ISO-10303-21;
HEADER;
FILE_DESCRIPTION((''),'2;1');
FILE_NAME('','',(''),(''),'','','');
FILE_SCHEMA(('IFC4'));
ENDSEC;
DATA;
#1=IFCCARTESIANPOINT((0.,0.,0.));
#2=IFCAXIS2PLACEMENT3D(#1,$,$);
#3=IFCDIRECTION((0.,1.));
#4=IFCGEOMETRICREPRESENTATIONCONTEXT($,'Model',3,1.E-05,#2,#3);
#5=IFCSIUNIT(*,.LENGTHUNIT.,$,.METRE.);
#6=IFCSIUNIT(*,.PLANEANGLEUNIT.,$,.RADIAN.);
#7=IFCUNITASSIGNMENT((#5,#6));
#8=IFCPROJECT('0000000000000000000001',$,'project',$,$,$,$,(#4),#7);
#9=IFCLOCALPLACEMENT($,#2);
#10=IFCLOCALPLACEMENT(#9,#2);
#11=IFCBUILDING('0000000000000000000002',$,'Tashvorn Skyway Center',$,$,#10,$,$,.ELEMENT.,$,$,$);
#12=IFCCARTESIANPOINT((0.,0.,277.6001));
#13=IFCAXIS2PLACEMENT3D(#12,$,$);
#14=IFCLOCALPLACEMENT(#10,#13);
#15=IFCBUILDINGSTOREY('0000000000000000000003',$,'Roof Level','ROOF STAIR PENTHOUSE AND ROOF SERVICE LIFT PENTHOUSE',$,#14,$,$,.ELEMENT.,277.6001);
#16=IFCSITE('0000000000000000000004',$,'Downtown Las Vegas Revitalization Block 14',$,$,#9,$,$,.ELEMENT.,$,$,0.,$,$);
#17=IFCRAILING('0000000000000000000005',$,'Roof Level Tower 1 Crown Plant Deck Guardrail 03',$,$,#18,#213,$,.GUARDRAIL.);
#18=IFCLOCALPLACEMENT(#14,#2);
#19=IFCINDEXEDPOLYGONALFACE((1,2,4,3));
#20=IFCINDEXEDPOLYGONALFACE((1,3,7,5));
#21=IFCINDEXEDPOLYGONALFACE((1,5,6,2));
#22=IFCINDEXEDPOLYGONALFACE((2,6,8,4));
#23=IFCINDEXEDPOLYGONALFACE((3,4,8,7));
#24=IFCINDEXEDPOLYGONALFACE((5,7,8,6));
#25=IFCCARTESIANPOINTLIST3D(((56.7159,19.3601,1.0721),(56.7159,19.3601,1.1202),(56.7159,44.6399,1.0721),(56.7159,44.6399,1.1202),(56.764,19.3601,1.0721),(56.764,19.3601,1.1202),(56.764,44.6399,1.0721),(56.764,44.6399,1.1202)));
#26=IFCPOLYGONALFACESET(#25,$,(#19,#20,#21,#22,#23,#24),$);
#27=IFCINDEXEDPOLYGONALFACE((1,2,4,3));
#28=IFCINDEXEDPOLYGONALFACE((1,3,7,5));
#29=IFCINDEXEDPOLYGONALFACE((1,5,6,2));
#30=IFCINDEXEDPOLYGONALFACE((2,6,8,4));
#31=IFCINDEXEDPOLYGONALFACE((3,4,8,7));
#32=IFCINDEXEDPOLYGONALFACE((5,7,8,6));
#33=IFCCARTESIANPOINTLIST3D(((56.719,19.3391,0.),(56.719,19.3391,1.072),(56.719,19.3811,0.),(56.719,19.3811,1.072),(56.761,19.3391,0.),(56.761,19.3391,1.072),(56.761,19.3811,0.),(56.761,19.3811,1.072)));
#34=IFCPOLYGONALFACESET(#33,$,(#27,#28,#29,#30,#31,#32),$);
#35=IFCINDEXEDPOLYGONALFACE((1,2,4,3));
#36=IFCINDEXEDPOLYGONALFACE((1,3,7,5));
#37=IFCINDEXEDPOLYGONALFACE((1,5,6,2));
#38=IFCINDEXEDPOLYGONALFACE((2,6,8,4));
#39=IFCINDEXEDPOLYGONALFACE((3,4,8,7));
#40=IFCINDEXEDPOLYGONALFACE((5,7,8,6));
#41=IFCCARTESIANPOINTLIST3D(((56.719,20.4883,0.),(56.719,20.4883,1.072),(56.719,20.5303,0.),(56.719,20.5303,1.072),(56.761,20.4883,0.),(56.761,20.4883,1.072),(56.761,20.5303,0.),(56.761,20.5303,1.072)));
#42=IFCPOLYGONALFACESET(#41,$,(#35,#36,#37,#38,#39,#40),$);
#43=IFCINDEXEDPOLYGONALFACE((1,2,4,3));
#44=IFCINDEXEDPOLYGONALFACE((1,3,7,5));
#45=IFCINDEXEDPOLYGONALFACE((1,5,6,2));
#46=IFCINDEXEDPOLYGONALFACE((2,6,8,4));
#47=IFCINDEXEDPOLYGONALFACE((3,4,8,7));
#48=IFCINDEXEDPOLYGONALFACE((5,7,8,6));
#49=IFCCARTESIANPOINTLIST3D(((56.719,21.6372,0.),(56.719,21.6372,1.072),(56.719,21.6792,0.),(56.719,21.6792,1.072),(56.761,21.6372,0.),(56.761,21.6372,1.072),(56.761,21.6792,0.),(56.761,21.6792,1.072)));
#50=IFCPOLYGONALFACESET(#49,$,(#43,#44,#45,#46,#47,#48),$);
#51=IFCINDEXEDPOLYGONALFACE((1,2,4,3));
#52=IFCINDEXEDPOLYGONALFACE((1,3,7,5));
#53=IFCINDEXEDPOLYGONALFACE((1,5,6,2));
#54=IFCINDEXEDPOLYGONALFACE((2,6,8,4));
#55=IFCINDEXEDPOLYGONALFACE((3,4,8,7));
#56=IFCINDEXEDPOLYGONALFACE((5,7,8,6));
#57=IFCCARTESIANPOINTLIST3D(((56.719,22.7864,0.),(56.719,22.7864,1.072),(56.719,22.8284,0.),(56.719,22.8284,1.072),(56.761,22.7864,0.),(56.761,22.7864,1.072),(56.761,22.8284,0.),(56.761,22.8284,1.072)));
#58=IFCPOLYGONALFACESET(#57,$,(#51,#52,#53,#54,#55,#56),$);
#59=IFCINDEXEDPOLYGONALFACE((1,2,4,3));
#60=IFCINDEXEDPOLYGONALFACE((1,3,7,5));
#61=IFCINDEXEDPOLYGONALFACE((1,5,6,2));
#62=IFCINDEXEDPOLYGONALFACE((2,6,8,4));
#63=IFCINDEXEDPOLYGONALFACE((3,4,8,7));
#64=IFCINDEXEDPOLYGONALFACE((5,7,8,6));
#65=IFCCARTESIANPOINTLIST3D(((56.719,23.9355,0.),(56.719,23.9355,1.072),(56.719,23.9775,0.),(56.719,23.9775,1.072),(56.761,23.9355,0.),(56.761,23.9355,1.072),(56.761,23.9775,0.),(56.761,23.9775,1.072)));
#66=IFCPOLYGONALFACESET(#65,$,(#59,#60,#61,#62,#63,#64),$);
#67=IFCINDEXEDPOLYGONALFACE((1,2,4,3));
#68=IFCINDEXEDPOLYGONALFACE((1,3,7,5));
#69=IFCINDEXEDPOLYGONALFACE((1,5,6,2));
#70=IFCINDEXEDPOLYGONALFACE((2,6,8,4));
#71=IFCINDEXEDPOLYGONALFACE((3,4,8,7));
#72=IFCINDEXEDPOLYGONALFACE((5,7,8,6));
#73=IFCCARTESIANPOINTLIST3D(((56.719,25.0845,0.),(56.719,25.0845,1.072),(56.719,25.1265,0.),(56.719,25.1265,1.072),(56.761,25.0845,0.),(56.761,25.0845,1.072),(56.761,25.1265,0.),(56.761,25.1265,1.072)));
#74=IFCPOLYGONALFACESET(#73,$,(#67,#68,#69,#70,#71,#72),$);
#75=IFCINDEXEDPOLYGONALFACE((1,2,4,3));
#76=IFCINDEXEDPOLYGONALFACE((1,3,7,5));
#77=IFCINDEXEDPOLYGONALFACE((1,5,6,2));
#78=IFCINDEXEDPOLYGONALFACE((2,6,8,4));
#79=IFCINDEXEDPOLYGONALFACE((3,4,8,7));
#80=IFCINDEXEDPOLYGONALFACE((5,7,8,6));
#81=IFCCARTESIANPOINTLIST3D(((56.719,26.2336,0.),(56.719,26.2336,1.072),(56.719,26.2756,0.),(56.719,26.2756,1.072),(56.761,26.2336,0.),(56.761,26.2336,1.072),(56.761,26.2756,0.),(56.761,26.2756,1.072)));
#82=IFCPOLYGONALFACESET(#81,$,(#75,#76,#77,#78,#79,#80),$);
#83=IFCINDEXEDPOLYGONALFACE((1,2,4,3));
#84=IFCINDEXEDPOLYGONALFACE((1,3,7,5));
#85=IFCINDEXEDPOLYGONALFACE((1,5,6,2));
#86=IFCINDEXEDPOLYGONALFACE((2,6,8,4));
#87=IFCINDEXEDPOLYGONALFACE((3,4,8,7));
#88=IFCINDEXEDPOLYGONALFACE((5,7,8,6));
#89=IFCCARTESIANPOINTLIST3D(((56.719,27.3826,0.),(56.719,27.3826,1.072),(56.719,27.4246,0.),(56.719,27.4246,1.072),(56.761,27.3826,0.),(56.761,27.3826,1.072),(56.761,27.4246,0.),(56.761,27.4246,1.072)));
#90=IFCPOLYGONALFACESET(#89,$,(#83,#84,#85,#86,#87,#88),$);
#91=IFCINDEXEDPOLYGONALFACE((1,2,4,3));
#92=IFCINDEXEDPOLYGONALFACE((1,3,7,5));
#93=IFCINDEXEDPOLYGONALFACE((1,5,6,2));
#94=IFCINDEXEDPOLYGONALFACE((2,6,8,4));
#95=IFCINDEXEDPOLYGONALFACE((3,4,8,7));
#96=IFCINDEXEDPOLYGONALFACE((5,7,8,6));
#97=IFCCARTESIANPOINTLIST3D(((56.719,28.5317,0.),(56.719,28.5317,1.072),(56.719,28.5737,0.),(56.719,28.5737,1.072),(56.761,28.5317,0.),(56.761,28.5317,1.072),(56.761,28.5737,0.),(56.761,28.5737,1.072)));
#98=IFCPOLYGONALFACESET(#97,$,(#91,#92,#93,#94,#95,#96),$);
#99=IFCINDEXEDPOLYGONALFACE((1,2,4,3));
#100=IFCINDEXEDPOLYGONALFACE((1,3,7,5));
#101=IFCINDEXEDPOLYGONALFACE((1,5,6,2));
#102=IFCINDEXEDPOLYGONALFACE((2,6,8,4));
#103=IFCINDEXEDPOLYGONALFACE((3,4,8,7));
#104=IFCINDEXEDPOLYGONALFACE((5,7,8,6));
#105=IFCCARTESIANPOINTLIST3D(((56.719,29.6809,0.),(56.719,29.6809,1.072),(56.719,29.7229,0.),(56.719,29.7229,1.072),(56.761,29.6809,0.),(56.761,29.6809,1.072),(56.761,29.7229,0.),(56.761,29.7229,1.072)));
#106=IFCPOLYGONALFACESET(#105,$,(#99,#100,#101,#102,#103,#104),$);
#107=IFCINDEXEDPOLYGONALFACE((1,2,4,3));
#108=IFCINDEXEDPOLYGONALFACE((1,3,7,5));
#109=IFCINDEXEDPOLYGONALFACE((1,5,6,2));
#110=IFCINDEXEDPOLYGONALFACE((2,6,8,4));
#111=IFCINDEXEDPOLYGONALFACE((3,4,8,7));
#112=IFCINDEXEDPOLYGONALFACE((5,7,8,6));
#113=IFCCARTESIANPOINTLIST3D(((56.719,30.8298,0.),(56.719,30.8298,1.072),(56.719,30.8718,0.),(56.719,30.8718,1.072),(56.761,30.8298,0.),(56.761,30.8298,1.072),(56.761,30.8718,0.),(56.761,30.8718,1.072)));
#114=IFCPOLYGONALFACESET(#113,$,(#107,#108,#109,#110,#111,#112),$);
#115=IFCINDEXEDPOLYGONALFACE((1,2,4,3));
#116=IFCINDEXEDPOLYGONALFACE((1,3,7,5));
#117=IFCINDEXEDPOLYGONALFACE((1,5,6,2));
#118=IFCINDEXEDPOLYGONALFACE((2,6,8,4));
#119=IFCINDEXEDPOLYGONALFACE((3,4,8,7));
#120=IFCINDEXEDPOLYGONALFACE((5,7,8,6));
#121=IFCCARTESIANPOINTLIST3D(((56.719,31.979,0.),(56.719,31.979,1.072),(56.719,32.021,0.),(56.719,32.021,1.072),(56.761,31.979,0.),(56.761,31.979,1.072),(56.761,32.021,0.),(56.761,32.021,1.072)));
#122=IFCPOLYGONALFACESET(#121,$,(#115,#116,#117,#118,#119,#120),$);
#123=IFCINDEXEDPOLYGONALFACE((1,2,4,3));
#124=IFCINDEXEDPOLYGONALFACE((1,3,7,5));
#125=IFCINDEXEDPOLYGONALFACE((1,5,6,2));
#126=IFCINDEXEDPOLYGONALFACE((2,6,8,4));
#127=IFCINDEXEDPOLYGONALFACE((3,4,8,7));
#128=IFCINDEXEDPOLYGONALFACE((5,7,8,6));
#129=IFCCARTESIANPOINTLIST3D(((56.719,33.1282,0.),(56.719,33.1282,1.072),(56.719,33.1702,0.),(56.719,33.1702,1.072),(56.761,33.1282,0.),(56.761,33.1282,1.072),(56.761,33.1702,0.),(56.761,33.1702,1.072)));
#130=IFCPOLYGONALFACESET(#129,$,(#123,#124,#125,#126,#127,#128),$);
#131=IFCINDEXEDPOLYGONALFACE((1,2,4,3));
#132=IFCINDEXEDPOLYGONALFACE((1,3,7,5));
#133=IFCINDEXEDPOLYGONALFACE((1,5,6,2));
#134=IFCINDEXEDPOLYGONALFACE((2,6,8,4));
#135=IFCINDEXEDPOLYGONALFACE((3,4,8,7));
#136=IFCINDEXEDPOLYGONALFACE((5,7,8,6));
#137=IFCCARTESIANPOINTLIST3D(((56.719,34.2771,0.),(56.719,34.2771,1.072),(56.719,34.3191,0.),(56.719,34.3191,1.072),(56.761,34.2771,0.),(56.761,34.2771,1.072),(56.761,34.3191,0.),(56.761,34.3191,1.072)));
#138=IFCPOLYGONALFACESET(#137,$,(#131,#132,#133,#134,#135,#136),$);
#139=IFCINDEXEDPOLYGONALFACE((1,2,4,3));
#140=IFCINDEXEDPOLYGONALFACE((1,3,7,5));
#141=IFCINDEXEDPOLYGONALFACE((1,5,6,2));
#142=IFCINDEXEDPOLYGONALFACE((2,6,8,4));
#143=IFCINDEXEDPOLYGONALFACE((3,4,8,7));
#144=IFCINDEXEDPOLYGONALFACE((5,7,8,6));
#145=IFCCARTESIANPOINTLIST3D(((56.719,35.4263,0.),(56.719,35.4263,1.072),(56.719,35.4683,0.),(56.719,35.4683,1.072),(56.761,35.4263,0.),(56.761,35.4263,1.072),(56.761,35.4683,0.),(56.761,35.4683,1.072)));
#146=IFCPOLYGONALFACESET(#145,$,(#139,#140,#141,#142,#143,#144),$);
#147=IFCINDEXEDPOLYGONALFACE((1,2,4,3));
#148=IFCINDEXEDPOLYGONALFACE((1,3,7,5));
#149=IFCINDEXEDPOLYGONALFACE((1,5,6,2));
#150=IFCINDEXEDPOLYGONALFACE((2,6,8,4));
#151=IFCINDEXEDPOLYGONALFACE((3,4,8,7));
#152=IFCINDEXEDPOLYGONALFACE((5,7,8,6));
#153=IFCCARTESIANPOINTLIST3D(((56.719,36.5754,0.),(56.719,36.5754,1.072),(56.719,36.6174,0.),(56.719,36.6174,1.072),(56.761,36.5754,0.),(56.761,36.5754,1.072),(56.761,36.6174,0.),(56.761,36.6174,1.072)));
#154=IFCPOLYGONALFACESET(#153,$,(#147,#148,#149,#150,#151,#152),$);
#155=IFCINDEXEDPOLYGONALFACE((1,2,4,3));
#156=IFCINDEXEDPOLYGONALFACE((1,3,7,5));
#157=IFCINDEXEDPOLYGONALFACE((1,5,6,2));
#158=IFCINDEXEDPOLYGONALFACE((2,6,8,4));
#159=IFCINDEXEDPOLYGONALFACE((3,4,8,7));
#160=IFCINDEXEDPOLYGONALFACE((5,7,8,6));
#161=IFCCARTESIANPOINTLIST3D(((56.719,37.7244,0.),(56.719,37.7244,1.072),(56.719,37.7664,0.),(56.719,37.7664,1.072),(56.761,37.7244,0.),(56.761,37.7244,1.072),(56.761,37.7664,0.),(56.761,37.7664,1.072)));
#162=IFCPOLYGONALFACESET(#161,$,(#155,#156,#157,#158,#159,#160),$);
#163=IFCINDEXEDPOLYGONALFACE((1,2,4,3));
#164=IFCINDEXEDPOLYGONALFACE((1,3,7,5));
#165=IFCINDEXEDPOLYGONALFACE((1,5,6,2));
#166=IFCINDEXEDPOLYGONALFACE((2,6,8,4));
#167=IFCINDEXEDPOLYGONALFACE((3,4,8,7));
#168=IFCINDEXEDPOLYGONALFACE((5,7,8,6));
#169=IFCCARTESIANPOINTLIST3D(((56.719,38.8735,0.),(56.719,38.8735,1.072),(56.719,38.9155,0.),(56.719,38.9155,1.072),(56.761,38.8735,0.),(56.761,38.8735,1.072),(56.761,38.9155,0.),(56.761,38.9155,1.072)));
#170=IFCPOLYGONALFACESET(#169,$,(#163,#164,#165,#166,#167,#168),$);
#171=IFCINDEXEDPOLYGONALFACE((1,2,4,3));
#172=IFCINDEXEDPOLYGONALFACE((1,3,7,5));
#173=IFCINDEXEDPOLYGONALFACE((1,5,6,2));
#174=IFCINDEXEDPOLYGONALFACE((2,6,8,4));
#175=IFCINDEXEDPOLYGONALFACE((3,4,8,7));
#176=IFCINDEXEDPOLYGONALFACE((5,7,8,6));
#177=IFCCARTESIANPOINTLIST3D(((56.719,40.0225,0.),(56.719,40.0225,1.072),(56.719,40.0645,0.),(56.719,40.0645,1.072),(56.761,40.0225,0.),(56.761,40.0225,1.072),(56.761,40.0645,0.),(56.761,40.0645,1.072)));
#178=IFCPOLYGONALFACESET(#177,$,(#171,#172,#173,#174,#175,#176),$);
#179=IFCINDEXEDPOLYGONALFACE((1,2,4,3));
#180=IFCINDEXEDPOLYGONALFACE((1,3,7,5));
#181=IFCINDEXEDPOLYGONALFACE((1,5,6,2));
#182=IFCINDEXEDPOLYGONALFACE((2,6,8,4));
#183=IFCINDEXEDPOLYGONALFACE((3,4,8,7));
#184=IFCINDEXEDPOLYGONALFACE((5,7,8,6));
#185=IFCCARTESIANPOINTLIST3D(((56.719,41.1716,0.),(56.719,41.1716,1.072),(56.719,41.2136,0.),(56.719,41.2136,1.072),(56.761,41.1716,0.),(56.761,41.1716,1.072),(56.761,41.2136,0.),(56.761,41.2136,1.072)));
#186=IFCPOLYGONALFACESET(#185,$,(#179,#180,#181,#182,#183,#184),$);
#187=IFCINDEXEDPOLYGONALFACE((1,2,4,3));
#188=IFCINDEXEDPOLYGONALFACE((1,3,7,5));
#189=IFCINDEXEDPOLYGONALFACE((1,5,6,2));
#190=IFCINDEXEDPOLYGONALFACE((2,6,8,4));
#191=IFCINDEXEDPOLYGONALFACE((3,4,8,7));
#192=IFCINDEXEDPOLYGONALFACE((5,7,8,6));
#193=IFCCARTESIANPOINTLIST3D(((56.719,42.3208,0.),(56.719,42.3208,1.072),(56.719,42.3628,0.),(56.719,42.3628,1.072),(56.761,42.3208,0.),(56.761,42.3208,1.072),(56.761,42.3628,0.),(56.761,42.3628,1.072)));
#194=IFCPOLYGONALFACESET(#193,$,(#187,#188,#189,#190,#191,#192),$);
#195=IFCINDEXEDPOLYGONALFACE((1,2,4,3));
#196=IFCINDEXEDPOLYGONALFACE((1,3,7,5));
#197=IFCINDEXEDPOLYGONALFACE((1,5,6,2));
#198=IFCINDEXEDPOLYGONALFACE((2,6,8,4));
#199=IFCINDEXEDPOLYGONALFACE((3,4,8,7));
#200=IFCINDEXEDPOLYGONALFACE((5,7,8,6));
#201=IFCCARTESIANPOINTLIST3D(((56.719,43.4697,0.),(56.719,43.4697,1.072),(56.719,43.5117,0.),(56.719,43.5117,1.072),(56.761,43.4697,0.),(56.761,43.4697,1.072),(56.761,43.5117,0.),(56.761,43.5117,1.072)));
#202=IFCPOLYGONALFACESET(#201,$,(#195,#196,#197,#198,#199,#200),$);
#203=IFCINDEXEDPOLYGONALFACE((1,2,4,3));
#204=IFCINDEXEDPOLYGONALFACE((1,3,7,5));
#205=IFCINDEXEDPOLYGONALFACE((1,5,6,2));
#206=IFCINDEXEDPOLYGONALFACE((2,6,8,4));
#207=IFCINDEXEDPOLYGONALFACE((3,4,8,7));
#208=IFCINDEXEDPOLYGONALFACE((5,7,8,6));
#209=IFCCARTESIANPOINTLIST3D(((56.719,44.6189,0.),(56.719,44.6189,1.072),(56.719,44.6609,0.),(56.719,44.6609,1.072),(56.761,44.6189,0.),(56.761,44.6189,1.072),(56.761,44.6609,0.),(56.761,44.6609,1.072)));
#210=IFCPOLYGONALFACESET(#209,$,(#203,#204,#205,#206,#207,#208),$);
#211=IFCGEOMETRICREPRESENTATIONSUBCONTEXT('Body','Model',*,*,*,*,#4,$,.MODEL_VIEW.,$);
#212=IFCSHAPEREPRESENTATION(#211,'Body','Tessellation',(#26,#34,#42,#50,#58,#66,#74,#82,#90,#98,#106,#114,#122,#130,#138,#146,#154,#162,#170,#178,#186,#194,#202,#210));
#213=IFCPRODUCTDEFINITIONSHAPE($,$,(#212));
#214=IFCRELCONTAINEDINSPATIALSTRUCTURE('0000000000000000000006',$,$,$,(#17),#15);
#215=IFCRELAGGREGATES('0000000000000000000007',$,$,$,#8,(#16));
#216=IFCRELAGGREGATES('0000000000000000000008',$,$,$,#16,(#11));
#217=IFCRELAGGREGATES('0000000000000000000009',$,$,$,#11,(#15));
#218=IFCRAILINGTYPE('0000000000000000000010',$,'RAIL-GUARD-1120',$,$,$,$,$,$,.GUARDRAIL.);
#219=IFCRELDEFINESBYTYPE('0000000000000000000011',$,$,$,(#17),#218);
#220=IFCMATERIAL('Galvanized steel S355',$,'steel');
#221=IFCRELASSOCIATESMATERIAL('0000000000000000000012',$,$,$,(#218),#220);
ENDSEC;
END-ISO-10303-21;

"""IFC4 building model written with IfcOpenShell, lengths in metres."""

from ifc_helpers import new_model, si_unit, direction, frame, origin, origin_2d, place, context, subcontext, project, spatial, rectangle, extrude, material, type_object, element, save


model = new_model("IFC4")

# Units and contexts
model_context = context("Model", 3, precision=1e-05, world=origin(), true_north=direction((0.0, 1.0)))
body_context = subcontext(model_context, "Body", "Model", "MODEL_VIEW")
ifc_project = project(units=[si_unit("LENGTHUNIT", "METRE"), si_unit("PLANEANGLEUNIT", "RADIAN")], contexts=[model_context])

# Site, building, storey
site_placement = place(None, origin())
site = spatial("IfcSite", under=ifc_project, at=site_placement, Name="Downtown Las Vegas Revitalization Block 14", CompositionType="ELEMENT", RefElevation=0.0)
building_placement = place(site_placement, origin())
building = spatial("IfcBuilding", under=site, at=building_placement, Name="Tashvorn Skyway Center", CompositionType="ELEMENT")
storey_placement = place(building_placement, frame((0.0, 0.0, 277.6001)))
storey = spatial("IfcBuildingStorey", under=building, at=storey_placement, Name="Roof Level", Description="ROOF STAIR PENTHOUSE AND ROOF SERVICE LIFT PENTHOUSE", CompositionType="ELEMENT", Elevation=277.6001)

# Railing
ifc_material_1 = material(Name="Galvanized steel S355", Category="steel")
railing_type_1 = type_object("IfcRailingType", Name="RAIL-GUARD-1120", PredefinedType="GUARDRAIL", material=ifc_material_1)
railing_1_placement = place(storey_placement, frame((56.74, 19.3601, 0.0)))
element("IfcRailing", 1, at=railing_1_placement, inside=storey, type_object=railing_type_1, Name="Roof Level Tower 1 Crown Plant Deck Guardrail 03", PredefinedType="GUARDRAIL", context=body_context, shape_type="SweptSolid", body=[
    extrude(rectangle(XDim=0.0481, YDim=0.0481, at=origin_2d()), frame((0.0, 0.0, 1.0962), z_axis=(0.0, 1.0, 0.0), x_axis=(-1.0, 0.0, 0.0)), (0.0, 0.0, 1.0), 25.2798),
    extrude(rectangle(XDim=0.042, YDim=0.042, at=origin_2d()), origin(), (0.0, 0.0, 1.0), 1.072),
    extrude(rectangle(XDim=0.042, YDim=0.042, at=origin_2d()), frame((0.0, 1.1492, 0.0)), (0.0, 0.0, 1.0), 1.072),
    extrude(rectangle(XDim=0.042, YDim=0.042, at=origin_2d()), frame((0.0, 2.2981, 0.0)), (0.0, 0.0, 1.0), 1.072),
    extrude(rectangle(XDim=0.042, YDim=0.042, at=origin_2d()), frame((0.0, 3.4473, 0.0)), (0.0, 0.0, 1.0), 1.072),
    extrude(rectangle(XDim=0.042, YDim=0.042, at=origin_2d()), frame((0.0, 4.5964, 0.0)), (0.0, 0.0, 1.0), 1.072),
    extrude(rectangle(XDim=0.042, YDim=0.042, at=origin_2d()), frame((0.0, 5.7454, 0.0)), (0.0, 0.0, 1.0), 1.072),
    extrude(rectangle(XDim=0.042, YDim=0.042, at=origin_2d()), frame((0.0, 6.8945, 0.0)), (0.0, 0.0, 1.0), 1.072),
    extrude(rectangle(XDim=0.042, YDim=0.042, at=origin_2d()), frame((0.0, 8.0435, 0.0)), (0.0, 0.0, 1.0), 1.072),
    extrude(rectangle(XDim=0.042, YDim=0.042, at=origin_2d()), frame((0.0, 9.1926, 0.0)), (0.0, 0.0, 1.0), 1.072),
    extrude(rectangle(XDim=0.042, YDim=0.042, at=origin_2d()), frame((0.0, 10.3418, 0.0)), (0.0, 0.0, 1.0), 1.072),
    extrude(rectangle(XDim=0.042, YDim=0.042, at=origin_2d()), frame((0.0, 11.4907, 0.0)), (0.0, 0.0, 1.0), 1.072),
    extrude(rectangle(XDim=0.042, YDim=0.042, at=origin_2d()), frame((0.0, 12.6399, 0.0)), (0.0, 0.0, 1.0), 1.072),
    extrude(rectangle(XDim=0.042, YDim=0.042, at=origin_2d()), frame((0.0, 13.7891, 0.0)), (0.0, 0.0, 1.0), 1.072),
    extrude(rectangle(XDim=0.042, YDim=0.042, at=origin_2d()), frame((0.0, 14.938, 0.0)), (0.0, 0.0, 1.0), 1.072),
    extrude(rectangle(XDim=0.042, YDim=0.042, at=origin_2d()), frame((0.0, 16.0872, 0.0)), (0.0, 0.0, 1.0), 1.072),
    extrude(rectangle(XDim=0.042, YDim=0.042, at=origin_2d()), frame((0.0, 17.2363, 0.0)), (0.0, 0.0, 1.0), 1.072),
    extrude(rectangle(XDim=0.042, YDim=0.042, at=origin_2d()), frame((0.0, 18.3853, 0.0)), (0.0, 0.0, 1.0), 1.072),
    extrude(rectangle(XDim=0.042, YDim=0.042, at=origin_2d()), frame((0.0, 19.5344, 0.0)), (0.0, 0.0, 1.0), 1.072),
    extrude(rectangle(XDim=0.042, YDim=0.042, at=origin_2d()), frame((0.0, 20.6833, 0.0)), (0.0, 0.0, 1.0), 1.072),
    extrude(rectangle(XDim=0.042, YDim=0.042, at=origin_2d()), frame((0.0, 21.8325, 0.0)), (0.0, 0.0, 1.0), 1.072),
    extrude(rectangle(XDim=0.042, YDim=0.042, at=origin_2d()), frame((0.0, 22.9817, 0.0)), (0.0, 0.0, 1.0), 1.072),
    extrude(rectangle(XDim=0.042, YDim=0.042, at=origin_2d()), frame((0.0, 24.1306, 0.0)), (0.0, 0.0, 1.0), 1.072),
    extrude(rectangle(XDim=0.042, YDim=0.042, at=origin_2d()), frame((0.0, 25.2798, 0.0)), (0.0, 0.0, 1.0), 1.072),
])

save(model, "model.ifc")
